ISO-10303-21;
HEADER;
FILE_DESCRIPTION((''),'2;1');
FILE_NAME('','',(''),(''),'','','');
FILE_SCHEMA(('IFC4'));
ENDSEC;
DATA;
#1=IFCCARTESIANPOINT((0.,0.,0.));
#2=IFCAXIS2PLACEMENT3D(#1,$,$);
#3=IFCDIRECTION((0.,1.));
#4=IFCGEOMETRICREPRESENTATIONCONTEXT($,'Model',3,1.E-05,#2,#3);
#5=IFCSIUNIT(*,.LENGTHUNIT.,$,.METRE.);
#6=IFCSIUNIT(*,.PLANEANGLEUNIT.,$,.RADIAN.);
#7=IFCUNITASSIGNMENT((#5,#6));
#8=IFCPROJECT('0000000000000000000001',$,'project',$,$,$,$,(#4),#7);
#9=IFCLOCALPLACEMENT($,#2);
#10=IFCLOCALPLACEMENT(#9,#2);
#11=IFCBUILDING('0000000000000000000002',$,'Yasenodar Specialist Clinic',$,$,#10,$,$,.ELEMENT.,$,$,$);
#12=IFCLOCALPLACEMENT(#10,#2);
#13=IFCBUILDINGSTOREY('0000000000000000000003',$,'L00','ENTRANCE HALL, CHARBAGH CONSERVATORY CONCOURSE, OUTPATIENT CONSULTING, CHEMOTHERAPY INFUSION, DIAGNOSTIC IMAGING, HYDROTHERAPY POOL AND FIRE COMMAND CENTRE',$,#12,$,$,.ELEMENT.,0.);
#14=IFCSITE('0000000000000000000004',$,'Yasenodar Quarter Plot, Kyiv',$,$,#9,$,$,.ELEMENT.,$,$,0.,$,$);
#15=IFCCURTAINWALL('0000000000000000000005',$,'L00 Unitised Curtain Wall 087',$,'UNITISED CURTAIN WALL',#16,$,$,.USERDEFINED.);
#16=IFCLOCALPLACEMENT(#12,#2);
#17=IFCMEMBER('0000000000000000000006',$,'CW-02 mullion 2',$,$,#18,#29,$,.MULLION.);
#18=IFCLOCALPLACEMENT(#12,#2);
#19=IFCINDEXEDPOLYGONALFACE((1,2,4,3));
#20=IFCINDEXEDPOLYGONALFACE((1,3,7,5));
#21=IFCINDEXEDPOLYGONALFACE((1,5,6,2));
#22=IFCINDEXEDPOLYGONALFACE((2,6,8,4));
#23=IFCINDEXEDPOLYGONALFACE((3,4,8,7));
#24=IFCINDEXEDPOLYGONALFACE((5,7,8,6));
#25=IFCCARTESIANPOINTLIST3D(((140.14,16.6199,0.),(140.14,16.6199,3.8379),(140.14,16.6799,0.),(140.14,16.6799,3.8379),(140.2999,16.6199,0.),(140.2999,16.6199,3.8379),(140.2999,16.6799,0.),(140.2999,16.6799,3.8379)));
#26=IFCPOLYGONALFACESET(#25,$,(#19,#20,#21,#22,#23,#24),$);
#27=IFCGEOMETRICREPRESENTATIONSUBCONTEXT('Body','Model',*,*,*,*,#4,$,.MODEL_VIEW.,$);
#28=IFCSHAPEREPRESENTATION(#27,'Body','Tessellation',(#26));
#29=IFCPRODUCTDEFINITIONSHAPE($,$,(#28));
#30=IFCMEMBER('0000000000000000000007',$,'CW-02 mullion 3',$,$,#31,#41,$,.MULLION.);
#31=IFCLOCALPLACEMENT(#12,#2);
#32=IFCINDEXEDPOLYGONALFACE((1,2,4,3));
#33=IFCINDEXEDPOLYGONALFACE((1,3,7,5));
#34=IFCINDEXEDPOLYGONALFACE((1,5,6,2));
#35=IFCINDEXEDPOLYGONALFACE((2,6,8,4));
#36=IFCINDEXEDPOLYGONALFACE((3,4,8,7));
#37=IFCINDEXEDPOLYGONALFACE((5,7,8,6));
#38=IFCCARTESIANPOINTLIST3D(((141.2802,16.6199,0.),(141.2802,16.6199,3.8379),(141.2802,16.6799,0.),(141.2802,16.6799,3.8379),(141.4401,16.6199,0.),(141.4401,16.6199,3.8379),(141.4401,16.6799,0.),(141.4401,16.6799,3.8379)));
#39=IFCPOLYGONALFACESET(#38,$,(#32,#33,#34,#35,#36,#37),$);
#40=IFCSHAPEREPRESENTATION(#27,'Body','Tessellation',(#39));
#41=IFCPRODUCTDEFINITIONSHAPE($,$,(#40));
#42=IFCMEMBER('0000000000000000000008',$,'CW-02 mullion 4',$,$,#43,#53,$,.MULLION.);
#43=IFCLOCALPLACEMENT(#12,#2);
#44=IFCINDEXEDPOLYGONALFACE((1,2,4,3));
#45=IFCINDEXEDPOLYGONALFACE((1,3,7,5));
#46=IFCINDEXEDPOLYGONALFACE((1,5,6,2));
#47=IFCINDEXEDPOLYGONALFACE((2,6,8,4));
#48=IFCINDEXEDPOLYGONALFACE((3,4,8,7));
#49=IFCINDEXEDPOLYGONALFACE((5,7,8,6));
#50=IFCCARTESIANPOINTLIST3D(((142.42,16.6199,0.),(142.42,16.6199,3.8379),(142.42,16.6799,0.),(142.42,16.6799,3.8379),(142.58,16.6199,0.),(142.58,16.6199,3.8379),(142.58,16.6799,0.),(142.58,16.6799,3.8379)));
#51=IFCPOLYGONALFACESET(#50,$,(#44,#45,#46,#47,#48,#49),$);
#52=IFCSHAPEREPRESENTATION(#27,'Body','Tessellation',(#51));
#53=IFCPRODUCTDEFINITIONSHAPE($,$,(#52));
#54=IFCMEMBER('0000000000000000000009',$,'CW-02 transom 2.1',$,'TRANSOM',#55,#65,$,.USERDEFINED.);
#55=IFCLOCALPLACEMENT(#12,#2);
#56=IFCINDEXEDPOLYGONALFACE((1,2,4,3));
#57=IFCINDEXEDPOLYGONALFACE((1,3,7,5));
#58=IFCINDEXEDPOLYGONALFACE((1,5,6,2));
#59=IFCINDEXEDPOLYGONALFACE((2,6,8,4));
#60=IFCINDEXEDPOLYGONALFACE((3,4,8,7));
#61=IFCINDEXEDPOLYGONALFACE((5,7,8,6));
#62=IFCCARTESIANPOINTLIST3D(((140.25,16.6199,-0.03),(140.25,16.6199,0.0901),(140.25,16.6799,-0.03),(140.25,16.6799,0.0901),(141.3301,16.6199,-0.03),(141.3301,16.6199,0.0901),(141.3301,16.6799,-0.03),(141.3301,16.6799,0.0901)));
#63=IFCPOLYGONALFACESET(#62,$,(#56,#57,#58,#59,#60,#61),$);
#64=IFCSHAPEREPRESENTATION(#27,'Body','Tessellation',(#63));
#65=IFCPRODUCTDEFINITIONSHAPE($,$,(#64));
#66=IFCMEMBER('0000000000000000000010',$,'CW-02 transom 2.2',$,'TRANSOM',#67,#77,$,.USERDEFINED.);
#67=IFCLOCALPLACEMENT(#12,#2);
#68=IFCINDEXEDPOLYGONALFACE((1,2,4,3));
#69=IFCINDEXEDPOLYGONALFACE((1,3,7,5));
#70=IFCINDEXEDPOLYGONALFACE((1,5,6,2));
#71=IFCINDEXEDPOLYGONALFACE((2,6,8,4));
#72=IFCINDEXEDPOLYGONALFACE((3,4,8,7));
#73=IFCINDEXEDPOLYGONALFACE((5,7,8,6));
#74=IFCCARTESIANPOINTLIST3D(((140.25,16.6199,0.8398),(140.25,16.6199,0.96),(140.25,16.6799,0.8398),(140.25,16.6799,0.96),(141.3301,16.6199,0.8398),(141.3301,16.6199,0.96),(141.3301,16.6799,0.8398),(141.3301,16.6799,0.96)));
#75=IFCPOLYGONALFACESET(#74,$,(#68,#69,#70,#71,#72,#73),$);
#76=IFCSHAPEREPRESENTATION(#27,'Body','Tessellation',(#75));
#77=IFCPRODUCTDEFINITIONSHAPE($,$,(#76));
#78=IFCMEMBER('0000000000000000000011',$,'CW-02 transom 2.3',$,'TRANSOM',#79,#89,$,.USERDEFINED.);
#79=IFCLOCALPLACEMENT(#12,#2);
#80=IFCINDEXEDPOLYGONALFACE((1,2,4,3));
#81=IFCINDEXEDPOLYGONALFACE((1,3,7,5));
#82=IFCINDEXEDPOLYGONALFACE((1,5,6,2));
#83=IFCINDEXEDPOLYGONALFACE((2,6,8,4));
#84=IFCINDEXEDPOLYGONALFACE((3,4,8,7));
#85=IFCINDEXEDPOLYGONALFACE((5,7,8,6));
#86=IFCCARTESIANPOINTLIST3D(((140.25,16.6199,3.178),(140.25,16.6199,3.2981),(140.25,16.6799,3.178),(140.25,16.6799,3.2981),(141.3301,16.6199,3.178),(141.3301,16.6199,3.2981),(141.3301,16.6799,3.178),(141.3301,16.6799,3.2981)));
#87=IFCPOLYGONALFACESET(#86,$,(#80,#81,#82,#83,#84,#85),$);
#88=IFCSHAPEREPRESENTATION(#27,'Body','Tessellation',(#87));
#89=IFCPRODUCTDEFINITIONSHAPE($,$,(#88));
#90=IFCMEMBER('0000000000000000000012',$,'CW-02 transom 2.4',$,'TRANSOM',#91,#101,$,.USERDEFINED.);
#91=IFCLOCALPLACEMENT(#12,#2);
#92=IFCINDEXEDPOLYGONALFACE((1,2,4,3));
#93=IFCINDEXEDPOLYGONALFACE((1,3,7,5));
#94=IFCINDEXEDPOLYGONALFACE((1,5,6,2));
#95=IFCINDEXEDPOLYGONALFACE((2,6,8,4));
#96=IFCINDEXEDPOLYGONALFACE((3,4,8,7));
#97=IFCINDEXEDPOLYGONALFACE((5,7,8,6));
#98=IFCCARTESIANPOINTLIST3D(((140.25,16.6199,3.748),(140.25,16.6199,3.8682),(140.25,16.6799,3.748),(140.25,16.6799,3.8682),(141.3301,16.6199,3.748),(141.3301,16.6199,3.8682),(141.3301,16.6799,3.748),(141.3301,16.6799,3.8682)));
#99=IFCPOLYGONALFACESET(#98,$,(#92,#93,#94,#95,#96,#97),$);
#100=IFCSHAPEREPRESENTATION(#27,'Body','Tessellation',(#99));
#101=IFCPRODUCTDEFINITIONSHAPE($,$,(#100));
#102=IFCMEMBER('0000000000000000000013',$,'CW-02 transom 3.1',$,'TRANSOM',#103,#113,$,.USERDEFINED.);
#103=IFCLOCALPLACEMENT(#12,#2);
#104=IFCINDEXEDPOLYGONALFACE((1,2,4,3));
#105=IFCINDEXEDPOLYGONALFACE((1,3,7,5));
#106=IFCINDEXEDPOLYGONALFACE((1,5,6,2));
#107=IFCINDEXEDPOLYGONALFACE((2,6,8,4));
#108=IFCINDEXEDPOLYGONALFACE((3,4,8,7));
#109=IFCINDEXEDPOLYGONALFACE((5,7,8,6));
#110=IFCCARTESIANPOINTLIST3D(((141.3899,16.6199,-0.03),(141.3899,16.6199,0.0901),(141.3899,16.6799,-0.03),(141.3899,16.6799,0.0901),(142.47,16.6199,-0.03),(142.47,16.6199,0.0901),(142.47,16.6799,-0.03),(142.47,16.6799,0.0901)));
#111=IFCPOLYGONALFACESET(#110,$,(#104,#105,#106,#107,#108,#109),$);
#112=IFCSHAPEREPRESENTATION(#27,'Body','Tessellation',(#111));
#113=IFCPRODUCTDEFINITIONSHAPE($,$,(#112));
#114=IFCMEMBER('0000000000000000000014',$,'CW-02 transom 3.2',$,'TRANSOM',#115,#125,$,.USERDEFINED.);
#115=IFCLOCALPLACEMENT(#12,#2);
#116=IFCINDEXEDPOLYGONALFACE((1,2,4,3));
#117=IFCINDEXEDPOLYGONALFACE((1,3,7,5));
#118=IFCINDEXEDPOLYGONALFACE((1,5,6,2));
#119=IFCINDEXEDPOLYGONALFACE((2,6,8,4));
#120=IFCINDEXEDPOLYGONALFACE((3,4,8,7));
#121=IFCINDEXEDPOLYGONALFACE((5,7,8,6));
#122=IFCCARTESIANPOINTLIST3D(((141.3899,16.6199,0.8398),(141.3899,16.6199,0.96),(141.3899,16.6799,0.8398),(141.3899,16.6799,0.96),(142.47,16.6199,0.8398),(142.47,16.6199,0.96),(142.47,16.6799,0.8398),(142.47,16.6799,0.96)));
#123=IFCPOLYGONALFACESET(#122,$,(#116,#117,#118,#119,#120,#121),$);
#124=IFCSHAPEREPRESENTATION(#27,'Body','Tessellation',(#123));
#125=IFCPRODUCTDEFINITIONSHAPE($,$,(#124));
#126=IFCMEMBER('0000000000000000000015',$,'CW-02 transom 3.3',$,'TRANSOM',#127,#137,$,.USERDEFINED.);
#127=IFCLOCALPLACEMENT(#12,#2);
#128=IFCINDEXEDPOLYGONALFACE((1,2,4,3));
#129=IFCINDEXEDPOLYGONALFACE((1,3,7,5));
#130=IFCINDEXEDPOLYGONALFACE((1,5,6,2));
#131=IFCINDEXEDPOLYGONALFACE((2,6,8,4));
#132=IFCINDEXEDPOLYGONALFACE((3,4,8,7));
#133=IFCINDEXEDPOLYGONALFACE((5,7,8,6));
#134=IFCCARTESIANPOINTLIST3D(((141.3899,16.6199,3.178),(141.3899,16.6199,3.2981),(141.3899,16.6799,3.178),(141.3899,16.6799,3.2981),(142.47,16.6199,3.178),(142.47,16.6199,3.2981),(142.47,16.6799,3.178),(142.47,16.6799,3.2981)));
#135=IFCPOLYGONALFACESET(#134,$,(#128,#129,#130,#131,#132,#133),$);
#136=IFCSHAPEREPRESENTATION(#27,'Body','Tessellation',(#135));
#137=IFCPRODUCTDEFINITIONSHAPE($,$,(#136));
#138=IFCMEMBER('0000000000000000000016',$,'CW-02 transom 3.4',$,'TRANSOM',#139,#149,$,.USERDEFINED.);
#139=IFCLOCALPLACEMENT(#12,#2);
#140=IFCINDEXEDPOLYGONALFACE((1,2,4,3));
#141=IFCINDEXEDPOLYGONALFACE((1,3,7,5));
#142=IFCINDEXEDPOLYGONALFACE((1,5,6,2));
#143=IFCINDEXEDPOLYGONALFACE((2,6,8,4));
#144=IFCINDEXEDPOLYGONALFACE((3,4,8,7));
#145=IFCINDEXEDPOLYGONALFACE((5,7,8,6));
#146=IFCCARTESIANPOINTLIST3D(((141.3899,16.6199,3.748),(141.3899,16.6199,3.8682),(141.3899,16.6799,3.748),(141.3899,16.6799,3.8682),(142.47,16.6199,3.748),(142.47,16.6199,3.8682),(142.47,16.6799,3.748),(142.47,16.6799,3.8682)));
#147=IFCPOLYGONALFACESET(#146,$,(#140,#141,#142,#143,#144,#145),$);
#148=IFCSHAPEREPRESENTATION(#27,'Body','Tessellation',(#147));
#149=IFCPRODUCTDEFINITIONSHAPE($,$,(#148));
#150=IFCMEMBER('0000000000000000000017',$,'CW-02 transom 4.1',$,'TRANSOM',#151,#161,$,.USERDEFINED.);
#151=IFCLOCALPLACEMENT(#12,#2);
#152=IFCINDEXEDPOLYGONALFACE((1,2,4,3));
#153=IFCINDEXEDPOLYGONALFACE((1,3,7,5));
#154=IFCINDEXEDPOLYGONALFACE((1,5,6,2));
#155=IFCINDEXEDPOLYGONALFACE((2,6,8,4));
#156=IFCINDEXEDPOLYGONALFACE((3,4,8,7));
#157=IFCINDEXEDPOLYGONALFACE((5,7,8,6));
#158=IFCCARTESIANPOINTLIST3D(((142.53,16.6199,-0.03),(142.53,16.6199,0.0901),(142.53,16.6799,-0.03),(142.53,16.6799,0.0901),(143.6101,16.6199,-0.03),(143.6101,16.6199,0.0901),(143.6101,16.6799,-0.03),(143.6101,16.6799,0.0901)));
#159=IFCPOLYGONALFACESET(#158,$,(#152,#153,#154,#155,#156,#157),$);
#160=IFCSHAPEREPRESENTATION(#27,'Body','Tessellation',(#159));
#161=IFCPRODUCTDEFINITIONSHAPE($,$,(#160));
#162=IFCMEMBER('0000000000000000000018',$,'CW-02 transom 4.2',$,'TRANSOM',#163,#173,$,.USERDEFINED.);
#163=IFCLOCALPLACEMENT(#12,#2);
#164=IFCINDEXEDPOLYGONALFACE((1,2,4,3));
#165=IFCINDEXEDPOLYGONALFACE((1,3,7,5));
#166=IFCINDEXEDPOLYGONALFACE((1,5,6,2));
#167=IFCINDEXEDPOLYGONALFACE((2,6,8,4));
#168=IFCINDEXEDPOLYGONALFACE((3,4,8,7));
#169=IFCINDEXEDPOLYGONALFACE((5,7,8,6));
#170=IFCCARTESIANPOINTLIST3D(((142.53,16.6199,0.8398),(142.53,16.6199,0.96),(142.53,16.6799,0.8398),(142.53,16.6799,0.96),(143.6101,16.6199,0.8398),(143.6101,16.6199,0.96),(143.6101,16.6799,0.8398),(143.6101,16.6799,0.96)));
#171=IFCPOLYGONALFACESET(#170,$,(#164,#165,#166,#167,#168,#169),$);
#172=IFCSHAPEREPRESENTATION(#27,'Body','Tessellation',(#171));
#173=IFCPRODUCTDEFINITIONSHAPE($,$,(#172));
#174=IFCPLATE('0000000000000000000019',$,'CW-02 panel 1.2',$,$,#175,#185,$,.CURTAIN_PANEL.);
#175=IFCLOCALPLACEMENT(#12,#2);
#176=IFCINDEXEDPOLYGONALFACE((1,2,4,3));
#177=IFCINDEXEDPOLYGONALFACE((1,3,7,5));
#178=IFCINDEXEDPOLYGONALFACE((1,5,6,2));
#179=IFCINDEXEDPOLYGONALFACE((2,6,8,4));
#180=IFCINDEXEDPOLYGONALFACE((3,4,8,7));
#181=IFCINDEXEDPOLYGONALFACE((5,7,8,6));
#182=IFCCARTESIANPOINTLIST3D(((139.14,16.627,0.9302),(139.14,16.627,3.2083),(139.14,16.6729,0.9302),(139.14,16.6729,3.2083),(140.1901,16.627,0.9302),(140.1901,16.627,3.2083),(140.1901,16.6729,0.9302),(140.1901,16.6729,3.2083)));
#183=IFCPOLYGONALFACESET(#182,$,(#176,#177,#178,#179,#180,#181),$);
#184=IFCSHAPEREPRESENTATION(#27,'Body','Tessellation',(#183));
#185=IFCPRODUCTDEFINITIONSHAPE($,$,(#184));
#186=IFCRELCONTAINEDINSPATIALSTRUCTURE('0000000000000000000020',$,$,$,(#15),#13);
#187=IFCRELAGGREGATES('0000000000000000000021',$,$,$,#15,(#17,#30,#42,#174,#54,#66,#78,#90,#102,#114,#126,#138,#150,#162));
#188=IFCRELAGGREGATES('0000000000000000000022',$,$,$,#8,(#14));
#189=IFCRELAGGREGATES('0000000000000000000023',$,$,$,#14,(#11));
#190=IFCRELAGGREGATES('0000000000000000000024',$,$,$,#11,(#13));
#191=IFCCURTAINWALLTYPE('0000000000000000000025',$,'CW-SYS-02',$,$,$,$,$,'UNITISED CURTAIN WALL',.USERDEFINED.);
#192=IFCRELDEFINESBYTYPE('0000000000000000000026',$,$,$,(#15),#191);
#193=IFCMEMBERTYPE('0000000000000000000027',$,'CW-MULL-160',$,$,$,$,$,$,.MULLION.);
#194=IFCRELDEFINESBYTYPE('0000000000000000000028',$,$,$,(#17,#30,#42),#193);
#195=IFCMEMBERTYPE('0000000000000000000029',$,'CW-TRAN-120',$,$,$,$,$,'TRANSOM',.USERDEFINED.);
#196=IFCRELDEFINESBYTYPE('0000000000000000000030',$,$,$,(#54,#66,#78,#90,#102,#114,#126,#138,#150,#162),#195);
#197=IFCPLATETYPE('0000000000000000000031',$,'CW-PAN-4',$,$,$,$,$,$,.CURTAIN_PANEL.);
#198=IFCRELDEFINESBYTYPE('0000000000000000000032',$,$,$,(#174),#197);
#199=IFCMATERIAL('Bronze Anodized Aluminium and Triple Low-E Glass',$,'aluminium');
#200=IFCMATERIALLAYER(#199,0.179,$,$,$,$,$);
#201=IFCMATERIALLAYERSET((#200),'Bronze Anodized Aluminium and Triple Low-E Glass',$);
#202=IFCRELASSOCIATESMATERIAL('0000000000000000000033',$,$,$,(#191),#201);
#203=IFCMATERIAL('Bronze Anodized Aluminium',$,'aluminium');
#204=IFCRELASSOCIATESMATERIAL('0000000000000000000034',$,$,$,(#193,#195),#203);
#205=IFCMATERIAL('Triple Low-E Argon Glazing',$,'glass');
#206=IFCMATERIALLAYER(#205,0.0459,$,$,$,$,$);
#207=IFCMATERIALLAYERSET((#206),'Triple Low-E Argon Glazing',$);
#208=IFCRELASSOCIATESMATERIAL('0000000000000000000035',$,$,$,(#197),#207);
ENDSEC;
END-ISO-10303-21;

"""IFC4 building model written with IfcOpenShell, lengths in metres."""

from ifc_helpers import new_model, si_unit, direction, frame, origin, origin_2d, place, context, subcontext, project, spatial, rectangle, extrude, material, layer, layer_set, material_profile, profile_set, type_object, element, aggregate, save


model = new_model("IFC4")

# Units and contexts
model_context = context("Model", 3, precision=1e-05, world=origin(), true_north=direction((0.0, 1.0)))
body_context = subcontext(model_context, "Body", "Model", "MODEL_VIEW")
ifc_project = project(units=[si_unit("LENGTHUNIT", "METRE"), si_unit("PLANEANGLEUNIT", "RADIAN")], contexts=[model_context])

# Site, building, storey
site_placement = place(None, origin())
site = spatial("IfcSite", under=ifc_project, at=site_placement, Name="Yasenodar Quarter Plot, Kyiv", CompositionType="ELEMENT", RefElevation=0.0)
building_placement = place(site_placement, origin())
building = spatial("IfcBuilding", under=site, at=building_placement, Name="Yasenodar Specialist Clinic", CompositionType="ELEMENT")
storey_placement = place(building_placement, origin())
storey = spatial("IfcBuildingStorey", under=building, at=storey_placement, Name="L00", Description="ENTRANCE HALL, CHARBAGH CONSERVATORY CONCOURSE, OUTPATIENT CONSULTING, CHEMOTHERAPY INFUSION, DIAGNOSTIC IMAGING, HYDROTHERAPY POOL AND FIRE COMMAND CENTRE", CompositionType="ELEMENT", Elevation=0.0)

# Curtain wall, members, plate
ifc_material_1 = material(Name="Bronze Anodized Aluminium and Triple Low-E Glass", Category="aluminium")
ifc_layer_1 = layer(ifc_material_1, 0.179)
ifc_layer_set_1 = layer_set([ifc_layer_1], Name="Bronze Anodized Aluminium and Triple Low-E Glass")
curtain_wall_type = type_object("IfcCurtainWallType", Name="CW-SYS-02", ElementType="UNITISED CURTAIN WALL", PredefinedType="USERDEFINED", material=ifc_layer_set_1)
curtain_wall_placement = place(storey_placement, origin())
curtain_wall = element("IfcCurtainWall", 1, at=curtain_wall_placement, inside=storey, type_object=curtain_wall_type, Name="L00 Unitised Curtain Wall 087", ObjectType="UNITISED CURTAIN WALL", PredefinedType="USERDEFINED")
ifc_material_2 = material(Name="Bronze Anodized Aluminium", Category="aluminium")
ifc_material_profile_1 = material_profile(ifc_material_2, rectangle(XDim=0.0601, YDim=0.1599, at=origin_2d()), Name="CW-MULL 60x160")
ifc_profile_set_1 = profile_set([ifc_material_profile_1], Name="Bronze Anodized Aluminium")
member_type_1 = type_object("IfcMemberType", Name="CW-MULL-160", PredefinedType="MULLION", material=ifc_profile_set_1)
member_1_placement = place(storey_placement, frame((140.22, 16.6499, 0.0), z_axis=(0.0, 0.0, 1.0), x_axis=(0.0, 1.0, 0.0)))
member_1 = element("IfcMember", 2, at=member_1_placement, type_object=member_type_1, Name="CW-02 mullion 2", PredefinedType="MULLION", context=body_context, shape_type="SweptSolid", body=[
    extrude(rectangle(XDim=0.0601, YDim=0.1599, at=origin_2d()), origin(), (0.0, 0.0, 1.0), 3.8379),
])
member_2_placement = place(storey_placement, frame((141.3601, 16.6499, 0.0), z_axis=(0.0, 0.0, 1.0), x_axis=(0.0, 1.0, 0.0)))
member_2 = element("IfcMember", 3, at=member_2_placement, type_object=member_type_1, Name="CW-02 mullion 3", PredefinedType="MULLION", context=body_context, shape_type="SweptSolid", body=[
    extrude(rectangle(XDim=0.0601, YDim=0.1599, at=origin_2d()), origin(), (0.0, 0.0, 1.0), 3.8379),
])
member_3_placement = place(storey_placement, frame((142.5, 16.6499, 0.0), z_axis=(0.0, 0.0, 1.0), x_axis=(0.0, 1.0, 0.0)))
member_3 = element("IfcMember", 4, at=member_3_placement, type_object=member_type_1, Name="CW-02 mullion 4", PredefinedType="MULLION", context=body_context, shape_type="SweptSolid", body=[
    extrude(rectangle(XDim=0.0601, YDim=0.1599, at=origin_2d()), origin(), (0.0, 0.0, 1.0), 3.8379),
])
ifc_material_profile_2 = material_profile(ifc_material_2, rectangle(XDim=0.0601, YDim=0.1201, at=origin_2d()), Name="CW-TRAN 60x120")
ifc_profile_set_2 = profile_set([ifc_material_profile_2], Name="Bronze Anodized Aluminium")
member_type_2 = type_object("IfcMemberType", Name="CW-TRAN-120", ElementType="TRANSOM", PredefinedType="USERDEFINED", material=ifc_profile_set_2)
member_4_placement = place(storey_placement, frame((140.25, 16.6499, 0.03), z_axis=(1.0, 0.0, 0.0), x_axis=(0.0, 1.0, 0.0)))
member_4 = element("IfcMember", 5, at=member_4_placement, type_object=member_type_2, Name="CW-02 transom 2.1", ObjectType="TRANSOM", PredefinedType="USERDEFINED", context=body_context, shape_type="SweptSolid", body=[
    extrude(rectangle(XDim=0.0601, YDim=0.1201, at=origin_2d()), origin(), (0.0, 0.0, 1.0), 1.0801),
])
member_5_placement = place(storey_placement, frame((140.25, 16.6499, 0.8999), z_axis=(1.0, 0.0, 0.0), x_axis=(0.0, 1.0, 0.0)))
member_5 = element("IfcMember", 6, at=member_5_placement, type_object=member_type_2, Name="CW-02 transom 2.2", ObjectType="TRANSOM", PredefinedType="USERDEFINED", context=body_context, shape_type="SweptSolid", body=[
    extrude(rectangle(XDim=0.0601, YDim=0.1201, at=origin_2d()), origin(), (0.0, 0.0, 1.0), 1.0801),
])
member_6_placement = place(storey_placement, frame((140.25, 16.6499, 3.238), z_axis=(1.0, 0.0, 0.0), x_axis=(0.0, 1.0, 0.0)))
member_6 = element("IfcMember", 7, at=member_6_placement, type_object=member_type_2, Name="CW-02 transom 2.3", ObjectType="TRANSOM", PredefinedType="USERDEFINED", context=body_context, shape_type="SweptSolid", body=[
    extrude(rectangle(XDim=0.0601, YDim=0.1201, at=origin_2d()), origin(), (0.0, 0.0, 1.0), 1.0801),
])
member_7_placement = place(storey_placement, frame((140.25, 16.6499, 3.8081), z_axis=(1.0, 0.0, 0.0), x_axis=(0.0, 1.0, 0.0)))
member_7 = element("IfcMember", 8, at=member_7_placement, type_object=member_type_2, Name="CW-02 transom 2.4", ObjectType="TRANSOM", PredefinedType="USERDEFINED", context=body_context, shape_type="SweptSolid", body=[
    extrude(rectangle(XDim=0.0601, YDim=0.1201, at=origin_2d()), origin(), (0.0, 0.0, 1.0), 1.0801),
])
member_8_placement = place(storey_placement, frame((141.3899, 16.6499, 0.03), z_axis=(1.0, 0.0, 0.0), x_axis=(0.0, 1.0, 0.0)))
member_8 = element("IfcMember", 9, at=member_8_placement, type_object=member_type_2, Name="CW-02 transom 3.1", ObjectType="TRANSOM", PredefinedType="USERDEFINED", context=body_context, shape_type="SweptSolid", body=[
    extrude(rectangle(XDim=0.0601, YDim=0.1201, at=origin_2d()), origin(), (0.0, 0.0, 1.0), 1.0801),
])
member_9_placement = place(storey_placement, frame((141.3899, 16.6499, 0.8999), z_axis=(1.0, 0.0, 0.0), x_axis=(0.0, 1.0, 0.0)))
member_9 = element("IfcMember", 10, at=member_9_placement, type_object=member_type_2, Name="CW-02 transom 3.2", ObjectType="TRANSOM", PredefinedType="USERDEFINED", context=body_context, shape_type="SweptSolid", body=[
    extrude(rectangle(XDim=0.0601, YDim=0.1201, at=origin_2d()), origin(), (0.0, 0.0, 1.0), 1.0801),
])
member_10_placement = place(storey_placement, frame((141.3899, 16.6499, 3.238), z_axis=(1.0, 0.0, 0.0), x_axis=(0.0, 1.0, 0.0)))
member_10 = element("IfcMember", 11, at=member_10_placement, type_object=member_type_2, Name="CW-02 transom 3.3", ObjectType="TRANSOM", PredefinedType="USERDEFINED", context=body_context, shape_type="SweptSolid", body=[
    extrude(rectangle(XDim=0.0601, YDim=0.1201, at=origin_2d()), origin(), (0.0, 0.0, 1.0), 1.0801),
])
member_11_placement = place(storey_placement, frame((141.3899, 16.6499, 3.8081), z_axis=(1.0, 0.0, 0.0), x_axis=(0.0, 1.0, 0.0)))
member_11 = element("IfcMember", 12, at=member_11_placement, type_object=member_type_2, Name="CW-02 transom 3.4", ObjectType="TRANSOM", PredefinedType="USERDEFINED", context=body_context, shape_type="SweptSolid", body=[
    extrude(rectangle(XDim=0.0601, YDim=0.1201, at=origin_2d()), origin(), (0.0, 0.0, 1.0), 1.0801),
])
member_12_placement = place(storey_placement, frame((142.53, 16.6499, 0.03), z_axis=(1.0, 0.0, 0.0), x_axis=(0.0, 1.0, 0.0)))
member_12 = element("IfcMember", 13, at=member_12_placement, type_object=member_type_2, Name="CW-02 transom 4.1", ObjectType="TRANSOM", PredefinedType="USERDEFINED", context=body_context, shape_type="SweptSolid", body=[
    extrude(rectangle(XDim=0.0601, YDim=0.1201, at=origin_2d()), origin(), (0.0, 0.0, 1.0), 1.0801),
])
member_13_placement = place(storey_placement, frame((142.53, 16.6499, 0.8999), z_axis=(1.0, 0.0, 0.0), x_axis=(0.0, 1.0, 0.0)))
member_13 = element("IfcMember", 14, at=member_13_placement, type_object=member_type_2, Name="CW-02 transom 4.2", ObjectType="TRANSOM", PredefinedType="USERDEFINED", context=body_context, shape_type="SweptSolid", body=[
    extrude(rectangle(XDim=0.0601, YDim=0.1201, at=origin_2d()), origin(), (0.0, 0.0, 1.0), 1.0801),
])
ifc_material_3 = material(Name="Triple Low-E Argon Glazing", Category="glass")
ifc_layer_2 = layer(ifc_material_3, 0.0459)
ifc_layer_set_2 = layer_set([ifc_layer_2], Name="Triple Low-E Argon Glazing")
plate_type = type_object("IfcPlateType", Name="CW-PAN-4", PredefinedType="CURTAIN_PANEL", material=ifc_layer_set_2)
plate_1_placement = place(storey_placement, frame((139.665, 16.6499, 0.9302), z_axis=(0.0, 0.0, 1.0), x_axis=(1.0, 0.0, 0.0)))
plate_1 = element("IfcPlate", 15, at=plate_1_placement, type_object=plate_type, Name="CW-02 panel 1.2", PredefinedType="CURTAIN_PANEL", context=body_context, shape_type="SweptSolid", body=[
    extrude(rectangle(XDim=1.05, YDim=0.0459, at=origin_2d()), origin(), (0.0, 0.0, 1.0), 2.2781),
])
aggregate(curtain_wall, [member_1, member_2, member_3, plate_1, member_4, member_5, member_6, member_7, member_8, member_9, member_10, member_11, member_12, member_13])

save(model, "model.ifc")
